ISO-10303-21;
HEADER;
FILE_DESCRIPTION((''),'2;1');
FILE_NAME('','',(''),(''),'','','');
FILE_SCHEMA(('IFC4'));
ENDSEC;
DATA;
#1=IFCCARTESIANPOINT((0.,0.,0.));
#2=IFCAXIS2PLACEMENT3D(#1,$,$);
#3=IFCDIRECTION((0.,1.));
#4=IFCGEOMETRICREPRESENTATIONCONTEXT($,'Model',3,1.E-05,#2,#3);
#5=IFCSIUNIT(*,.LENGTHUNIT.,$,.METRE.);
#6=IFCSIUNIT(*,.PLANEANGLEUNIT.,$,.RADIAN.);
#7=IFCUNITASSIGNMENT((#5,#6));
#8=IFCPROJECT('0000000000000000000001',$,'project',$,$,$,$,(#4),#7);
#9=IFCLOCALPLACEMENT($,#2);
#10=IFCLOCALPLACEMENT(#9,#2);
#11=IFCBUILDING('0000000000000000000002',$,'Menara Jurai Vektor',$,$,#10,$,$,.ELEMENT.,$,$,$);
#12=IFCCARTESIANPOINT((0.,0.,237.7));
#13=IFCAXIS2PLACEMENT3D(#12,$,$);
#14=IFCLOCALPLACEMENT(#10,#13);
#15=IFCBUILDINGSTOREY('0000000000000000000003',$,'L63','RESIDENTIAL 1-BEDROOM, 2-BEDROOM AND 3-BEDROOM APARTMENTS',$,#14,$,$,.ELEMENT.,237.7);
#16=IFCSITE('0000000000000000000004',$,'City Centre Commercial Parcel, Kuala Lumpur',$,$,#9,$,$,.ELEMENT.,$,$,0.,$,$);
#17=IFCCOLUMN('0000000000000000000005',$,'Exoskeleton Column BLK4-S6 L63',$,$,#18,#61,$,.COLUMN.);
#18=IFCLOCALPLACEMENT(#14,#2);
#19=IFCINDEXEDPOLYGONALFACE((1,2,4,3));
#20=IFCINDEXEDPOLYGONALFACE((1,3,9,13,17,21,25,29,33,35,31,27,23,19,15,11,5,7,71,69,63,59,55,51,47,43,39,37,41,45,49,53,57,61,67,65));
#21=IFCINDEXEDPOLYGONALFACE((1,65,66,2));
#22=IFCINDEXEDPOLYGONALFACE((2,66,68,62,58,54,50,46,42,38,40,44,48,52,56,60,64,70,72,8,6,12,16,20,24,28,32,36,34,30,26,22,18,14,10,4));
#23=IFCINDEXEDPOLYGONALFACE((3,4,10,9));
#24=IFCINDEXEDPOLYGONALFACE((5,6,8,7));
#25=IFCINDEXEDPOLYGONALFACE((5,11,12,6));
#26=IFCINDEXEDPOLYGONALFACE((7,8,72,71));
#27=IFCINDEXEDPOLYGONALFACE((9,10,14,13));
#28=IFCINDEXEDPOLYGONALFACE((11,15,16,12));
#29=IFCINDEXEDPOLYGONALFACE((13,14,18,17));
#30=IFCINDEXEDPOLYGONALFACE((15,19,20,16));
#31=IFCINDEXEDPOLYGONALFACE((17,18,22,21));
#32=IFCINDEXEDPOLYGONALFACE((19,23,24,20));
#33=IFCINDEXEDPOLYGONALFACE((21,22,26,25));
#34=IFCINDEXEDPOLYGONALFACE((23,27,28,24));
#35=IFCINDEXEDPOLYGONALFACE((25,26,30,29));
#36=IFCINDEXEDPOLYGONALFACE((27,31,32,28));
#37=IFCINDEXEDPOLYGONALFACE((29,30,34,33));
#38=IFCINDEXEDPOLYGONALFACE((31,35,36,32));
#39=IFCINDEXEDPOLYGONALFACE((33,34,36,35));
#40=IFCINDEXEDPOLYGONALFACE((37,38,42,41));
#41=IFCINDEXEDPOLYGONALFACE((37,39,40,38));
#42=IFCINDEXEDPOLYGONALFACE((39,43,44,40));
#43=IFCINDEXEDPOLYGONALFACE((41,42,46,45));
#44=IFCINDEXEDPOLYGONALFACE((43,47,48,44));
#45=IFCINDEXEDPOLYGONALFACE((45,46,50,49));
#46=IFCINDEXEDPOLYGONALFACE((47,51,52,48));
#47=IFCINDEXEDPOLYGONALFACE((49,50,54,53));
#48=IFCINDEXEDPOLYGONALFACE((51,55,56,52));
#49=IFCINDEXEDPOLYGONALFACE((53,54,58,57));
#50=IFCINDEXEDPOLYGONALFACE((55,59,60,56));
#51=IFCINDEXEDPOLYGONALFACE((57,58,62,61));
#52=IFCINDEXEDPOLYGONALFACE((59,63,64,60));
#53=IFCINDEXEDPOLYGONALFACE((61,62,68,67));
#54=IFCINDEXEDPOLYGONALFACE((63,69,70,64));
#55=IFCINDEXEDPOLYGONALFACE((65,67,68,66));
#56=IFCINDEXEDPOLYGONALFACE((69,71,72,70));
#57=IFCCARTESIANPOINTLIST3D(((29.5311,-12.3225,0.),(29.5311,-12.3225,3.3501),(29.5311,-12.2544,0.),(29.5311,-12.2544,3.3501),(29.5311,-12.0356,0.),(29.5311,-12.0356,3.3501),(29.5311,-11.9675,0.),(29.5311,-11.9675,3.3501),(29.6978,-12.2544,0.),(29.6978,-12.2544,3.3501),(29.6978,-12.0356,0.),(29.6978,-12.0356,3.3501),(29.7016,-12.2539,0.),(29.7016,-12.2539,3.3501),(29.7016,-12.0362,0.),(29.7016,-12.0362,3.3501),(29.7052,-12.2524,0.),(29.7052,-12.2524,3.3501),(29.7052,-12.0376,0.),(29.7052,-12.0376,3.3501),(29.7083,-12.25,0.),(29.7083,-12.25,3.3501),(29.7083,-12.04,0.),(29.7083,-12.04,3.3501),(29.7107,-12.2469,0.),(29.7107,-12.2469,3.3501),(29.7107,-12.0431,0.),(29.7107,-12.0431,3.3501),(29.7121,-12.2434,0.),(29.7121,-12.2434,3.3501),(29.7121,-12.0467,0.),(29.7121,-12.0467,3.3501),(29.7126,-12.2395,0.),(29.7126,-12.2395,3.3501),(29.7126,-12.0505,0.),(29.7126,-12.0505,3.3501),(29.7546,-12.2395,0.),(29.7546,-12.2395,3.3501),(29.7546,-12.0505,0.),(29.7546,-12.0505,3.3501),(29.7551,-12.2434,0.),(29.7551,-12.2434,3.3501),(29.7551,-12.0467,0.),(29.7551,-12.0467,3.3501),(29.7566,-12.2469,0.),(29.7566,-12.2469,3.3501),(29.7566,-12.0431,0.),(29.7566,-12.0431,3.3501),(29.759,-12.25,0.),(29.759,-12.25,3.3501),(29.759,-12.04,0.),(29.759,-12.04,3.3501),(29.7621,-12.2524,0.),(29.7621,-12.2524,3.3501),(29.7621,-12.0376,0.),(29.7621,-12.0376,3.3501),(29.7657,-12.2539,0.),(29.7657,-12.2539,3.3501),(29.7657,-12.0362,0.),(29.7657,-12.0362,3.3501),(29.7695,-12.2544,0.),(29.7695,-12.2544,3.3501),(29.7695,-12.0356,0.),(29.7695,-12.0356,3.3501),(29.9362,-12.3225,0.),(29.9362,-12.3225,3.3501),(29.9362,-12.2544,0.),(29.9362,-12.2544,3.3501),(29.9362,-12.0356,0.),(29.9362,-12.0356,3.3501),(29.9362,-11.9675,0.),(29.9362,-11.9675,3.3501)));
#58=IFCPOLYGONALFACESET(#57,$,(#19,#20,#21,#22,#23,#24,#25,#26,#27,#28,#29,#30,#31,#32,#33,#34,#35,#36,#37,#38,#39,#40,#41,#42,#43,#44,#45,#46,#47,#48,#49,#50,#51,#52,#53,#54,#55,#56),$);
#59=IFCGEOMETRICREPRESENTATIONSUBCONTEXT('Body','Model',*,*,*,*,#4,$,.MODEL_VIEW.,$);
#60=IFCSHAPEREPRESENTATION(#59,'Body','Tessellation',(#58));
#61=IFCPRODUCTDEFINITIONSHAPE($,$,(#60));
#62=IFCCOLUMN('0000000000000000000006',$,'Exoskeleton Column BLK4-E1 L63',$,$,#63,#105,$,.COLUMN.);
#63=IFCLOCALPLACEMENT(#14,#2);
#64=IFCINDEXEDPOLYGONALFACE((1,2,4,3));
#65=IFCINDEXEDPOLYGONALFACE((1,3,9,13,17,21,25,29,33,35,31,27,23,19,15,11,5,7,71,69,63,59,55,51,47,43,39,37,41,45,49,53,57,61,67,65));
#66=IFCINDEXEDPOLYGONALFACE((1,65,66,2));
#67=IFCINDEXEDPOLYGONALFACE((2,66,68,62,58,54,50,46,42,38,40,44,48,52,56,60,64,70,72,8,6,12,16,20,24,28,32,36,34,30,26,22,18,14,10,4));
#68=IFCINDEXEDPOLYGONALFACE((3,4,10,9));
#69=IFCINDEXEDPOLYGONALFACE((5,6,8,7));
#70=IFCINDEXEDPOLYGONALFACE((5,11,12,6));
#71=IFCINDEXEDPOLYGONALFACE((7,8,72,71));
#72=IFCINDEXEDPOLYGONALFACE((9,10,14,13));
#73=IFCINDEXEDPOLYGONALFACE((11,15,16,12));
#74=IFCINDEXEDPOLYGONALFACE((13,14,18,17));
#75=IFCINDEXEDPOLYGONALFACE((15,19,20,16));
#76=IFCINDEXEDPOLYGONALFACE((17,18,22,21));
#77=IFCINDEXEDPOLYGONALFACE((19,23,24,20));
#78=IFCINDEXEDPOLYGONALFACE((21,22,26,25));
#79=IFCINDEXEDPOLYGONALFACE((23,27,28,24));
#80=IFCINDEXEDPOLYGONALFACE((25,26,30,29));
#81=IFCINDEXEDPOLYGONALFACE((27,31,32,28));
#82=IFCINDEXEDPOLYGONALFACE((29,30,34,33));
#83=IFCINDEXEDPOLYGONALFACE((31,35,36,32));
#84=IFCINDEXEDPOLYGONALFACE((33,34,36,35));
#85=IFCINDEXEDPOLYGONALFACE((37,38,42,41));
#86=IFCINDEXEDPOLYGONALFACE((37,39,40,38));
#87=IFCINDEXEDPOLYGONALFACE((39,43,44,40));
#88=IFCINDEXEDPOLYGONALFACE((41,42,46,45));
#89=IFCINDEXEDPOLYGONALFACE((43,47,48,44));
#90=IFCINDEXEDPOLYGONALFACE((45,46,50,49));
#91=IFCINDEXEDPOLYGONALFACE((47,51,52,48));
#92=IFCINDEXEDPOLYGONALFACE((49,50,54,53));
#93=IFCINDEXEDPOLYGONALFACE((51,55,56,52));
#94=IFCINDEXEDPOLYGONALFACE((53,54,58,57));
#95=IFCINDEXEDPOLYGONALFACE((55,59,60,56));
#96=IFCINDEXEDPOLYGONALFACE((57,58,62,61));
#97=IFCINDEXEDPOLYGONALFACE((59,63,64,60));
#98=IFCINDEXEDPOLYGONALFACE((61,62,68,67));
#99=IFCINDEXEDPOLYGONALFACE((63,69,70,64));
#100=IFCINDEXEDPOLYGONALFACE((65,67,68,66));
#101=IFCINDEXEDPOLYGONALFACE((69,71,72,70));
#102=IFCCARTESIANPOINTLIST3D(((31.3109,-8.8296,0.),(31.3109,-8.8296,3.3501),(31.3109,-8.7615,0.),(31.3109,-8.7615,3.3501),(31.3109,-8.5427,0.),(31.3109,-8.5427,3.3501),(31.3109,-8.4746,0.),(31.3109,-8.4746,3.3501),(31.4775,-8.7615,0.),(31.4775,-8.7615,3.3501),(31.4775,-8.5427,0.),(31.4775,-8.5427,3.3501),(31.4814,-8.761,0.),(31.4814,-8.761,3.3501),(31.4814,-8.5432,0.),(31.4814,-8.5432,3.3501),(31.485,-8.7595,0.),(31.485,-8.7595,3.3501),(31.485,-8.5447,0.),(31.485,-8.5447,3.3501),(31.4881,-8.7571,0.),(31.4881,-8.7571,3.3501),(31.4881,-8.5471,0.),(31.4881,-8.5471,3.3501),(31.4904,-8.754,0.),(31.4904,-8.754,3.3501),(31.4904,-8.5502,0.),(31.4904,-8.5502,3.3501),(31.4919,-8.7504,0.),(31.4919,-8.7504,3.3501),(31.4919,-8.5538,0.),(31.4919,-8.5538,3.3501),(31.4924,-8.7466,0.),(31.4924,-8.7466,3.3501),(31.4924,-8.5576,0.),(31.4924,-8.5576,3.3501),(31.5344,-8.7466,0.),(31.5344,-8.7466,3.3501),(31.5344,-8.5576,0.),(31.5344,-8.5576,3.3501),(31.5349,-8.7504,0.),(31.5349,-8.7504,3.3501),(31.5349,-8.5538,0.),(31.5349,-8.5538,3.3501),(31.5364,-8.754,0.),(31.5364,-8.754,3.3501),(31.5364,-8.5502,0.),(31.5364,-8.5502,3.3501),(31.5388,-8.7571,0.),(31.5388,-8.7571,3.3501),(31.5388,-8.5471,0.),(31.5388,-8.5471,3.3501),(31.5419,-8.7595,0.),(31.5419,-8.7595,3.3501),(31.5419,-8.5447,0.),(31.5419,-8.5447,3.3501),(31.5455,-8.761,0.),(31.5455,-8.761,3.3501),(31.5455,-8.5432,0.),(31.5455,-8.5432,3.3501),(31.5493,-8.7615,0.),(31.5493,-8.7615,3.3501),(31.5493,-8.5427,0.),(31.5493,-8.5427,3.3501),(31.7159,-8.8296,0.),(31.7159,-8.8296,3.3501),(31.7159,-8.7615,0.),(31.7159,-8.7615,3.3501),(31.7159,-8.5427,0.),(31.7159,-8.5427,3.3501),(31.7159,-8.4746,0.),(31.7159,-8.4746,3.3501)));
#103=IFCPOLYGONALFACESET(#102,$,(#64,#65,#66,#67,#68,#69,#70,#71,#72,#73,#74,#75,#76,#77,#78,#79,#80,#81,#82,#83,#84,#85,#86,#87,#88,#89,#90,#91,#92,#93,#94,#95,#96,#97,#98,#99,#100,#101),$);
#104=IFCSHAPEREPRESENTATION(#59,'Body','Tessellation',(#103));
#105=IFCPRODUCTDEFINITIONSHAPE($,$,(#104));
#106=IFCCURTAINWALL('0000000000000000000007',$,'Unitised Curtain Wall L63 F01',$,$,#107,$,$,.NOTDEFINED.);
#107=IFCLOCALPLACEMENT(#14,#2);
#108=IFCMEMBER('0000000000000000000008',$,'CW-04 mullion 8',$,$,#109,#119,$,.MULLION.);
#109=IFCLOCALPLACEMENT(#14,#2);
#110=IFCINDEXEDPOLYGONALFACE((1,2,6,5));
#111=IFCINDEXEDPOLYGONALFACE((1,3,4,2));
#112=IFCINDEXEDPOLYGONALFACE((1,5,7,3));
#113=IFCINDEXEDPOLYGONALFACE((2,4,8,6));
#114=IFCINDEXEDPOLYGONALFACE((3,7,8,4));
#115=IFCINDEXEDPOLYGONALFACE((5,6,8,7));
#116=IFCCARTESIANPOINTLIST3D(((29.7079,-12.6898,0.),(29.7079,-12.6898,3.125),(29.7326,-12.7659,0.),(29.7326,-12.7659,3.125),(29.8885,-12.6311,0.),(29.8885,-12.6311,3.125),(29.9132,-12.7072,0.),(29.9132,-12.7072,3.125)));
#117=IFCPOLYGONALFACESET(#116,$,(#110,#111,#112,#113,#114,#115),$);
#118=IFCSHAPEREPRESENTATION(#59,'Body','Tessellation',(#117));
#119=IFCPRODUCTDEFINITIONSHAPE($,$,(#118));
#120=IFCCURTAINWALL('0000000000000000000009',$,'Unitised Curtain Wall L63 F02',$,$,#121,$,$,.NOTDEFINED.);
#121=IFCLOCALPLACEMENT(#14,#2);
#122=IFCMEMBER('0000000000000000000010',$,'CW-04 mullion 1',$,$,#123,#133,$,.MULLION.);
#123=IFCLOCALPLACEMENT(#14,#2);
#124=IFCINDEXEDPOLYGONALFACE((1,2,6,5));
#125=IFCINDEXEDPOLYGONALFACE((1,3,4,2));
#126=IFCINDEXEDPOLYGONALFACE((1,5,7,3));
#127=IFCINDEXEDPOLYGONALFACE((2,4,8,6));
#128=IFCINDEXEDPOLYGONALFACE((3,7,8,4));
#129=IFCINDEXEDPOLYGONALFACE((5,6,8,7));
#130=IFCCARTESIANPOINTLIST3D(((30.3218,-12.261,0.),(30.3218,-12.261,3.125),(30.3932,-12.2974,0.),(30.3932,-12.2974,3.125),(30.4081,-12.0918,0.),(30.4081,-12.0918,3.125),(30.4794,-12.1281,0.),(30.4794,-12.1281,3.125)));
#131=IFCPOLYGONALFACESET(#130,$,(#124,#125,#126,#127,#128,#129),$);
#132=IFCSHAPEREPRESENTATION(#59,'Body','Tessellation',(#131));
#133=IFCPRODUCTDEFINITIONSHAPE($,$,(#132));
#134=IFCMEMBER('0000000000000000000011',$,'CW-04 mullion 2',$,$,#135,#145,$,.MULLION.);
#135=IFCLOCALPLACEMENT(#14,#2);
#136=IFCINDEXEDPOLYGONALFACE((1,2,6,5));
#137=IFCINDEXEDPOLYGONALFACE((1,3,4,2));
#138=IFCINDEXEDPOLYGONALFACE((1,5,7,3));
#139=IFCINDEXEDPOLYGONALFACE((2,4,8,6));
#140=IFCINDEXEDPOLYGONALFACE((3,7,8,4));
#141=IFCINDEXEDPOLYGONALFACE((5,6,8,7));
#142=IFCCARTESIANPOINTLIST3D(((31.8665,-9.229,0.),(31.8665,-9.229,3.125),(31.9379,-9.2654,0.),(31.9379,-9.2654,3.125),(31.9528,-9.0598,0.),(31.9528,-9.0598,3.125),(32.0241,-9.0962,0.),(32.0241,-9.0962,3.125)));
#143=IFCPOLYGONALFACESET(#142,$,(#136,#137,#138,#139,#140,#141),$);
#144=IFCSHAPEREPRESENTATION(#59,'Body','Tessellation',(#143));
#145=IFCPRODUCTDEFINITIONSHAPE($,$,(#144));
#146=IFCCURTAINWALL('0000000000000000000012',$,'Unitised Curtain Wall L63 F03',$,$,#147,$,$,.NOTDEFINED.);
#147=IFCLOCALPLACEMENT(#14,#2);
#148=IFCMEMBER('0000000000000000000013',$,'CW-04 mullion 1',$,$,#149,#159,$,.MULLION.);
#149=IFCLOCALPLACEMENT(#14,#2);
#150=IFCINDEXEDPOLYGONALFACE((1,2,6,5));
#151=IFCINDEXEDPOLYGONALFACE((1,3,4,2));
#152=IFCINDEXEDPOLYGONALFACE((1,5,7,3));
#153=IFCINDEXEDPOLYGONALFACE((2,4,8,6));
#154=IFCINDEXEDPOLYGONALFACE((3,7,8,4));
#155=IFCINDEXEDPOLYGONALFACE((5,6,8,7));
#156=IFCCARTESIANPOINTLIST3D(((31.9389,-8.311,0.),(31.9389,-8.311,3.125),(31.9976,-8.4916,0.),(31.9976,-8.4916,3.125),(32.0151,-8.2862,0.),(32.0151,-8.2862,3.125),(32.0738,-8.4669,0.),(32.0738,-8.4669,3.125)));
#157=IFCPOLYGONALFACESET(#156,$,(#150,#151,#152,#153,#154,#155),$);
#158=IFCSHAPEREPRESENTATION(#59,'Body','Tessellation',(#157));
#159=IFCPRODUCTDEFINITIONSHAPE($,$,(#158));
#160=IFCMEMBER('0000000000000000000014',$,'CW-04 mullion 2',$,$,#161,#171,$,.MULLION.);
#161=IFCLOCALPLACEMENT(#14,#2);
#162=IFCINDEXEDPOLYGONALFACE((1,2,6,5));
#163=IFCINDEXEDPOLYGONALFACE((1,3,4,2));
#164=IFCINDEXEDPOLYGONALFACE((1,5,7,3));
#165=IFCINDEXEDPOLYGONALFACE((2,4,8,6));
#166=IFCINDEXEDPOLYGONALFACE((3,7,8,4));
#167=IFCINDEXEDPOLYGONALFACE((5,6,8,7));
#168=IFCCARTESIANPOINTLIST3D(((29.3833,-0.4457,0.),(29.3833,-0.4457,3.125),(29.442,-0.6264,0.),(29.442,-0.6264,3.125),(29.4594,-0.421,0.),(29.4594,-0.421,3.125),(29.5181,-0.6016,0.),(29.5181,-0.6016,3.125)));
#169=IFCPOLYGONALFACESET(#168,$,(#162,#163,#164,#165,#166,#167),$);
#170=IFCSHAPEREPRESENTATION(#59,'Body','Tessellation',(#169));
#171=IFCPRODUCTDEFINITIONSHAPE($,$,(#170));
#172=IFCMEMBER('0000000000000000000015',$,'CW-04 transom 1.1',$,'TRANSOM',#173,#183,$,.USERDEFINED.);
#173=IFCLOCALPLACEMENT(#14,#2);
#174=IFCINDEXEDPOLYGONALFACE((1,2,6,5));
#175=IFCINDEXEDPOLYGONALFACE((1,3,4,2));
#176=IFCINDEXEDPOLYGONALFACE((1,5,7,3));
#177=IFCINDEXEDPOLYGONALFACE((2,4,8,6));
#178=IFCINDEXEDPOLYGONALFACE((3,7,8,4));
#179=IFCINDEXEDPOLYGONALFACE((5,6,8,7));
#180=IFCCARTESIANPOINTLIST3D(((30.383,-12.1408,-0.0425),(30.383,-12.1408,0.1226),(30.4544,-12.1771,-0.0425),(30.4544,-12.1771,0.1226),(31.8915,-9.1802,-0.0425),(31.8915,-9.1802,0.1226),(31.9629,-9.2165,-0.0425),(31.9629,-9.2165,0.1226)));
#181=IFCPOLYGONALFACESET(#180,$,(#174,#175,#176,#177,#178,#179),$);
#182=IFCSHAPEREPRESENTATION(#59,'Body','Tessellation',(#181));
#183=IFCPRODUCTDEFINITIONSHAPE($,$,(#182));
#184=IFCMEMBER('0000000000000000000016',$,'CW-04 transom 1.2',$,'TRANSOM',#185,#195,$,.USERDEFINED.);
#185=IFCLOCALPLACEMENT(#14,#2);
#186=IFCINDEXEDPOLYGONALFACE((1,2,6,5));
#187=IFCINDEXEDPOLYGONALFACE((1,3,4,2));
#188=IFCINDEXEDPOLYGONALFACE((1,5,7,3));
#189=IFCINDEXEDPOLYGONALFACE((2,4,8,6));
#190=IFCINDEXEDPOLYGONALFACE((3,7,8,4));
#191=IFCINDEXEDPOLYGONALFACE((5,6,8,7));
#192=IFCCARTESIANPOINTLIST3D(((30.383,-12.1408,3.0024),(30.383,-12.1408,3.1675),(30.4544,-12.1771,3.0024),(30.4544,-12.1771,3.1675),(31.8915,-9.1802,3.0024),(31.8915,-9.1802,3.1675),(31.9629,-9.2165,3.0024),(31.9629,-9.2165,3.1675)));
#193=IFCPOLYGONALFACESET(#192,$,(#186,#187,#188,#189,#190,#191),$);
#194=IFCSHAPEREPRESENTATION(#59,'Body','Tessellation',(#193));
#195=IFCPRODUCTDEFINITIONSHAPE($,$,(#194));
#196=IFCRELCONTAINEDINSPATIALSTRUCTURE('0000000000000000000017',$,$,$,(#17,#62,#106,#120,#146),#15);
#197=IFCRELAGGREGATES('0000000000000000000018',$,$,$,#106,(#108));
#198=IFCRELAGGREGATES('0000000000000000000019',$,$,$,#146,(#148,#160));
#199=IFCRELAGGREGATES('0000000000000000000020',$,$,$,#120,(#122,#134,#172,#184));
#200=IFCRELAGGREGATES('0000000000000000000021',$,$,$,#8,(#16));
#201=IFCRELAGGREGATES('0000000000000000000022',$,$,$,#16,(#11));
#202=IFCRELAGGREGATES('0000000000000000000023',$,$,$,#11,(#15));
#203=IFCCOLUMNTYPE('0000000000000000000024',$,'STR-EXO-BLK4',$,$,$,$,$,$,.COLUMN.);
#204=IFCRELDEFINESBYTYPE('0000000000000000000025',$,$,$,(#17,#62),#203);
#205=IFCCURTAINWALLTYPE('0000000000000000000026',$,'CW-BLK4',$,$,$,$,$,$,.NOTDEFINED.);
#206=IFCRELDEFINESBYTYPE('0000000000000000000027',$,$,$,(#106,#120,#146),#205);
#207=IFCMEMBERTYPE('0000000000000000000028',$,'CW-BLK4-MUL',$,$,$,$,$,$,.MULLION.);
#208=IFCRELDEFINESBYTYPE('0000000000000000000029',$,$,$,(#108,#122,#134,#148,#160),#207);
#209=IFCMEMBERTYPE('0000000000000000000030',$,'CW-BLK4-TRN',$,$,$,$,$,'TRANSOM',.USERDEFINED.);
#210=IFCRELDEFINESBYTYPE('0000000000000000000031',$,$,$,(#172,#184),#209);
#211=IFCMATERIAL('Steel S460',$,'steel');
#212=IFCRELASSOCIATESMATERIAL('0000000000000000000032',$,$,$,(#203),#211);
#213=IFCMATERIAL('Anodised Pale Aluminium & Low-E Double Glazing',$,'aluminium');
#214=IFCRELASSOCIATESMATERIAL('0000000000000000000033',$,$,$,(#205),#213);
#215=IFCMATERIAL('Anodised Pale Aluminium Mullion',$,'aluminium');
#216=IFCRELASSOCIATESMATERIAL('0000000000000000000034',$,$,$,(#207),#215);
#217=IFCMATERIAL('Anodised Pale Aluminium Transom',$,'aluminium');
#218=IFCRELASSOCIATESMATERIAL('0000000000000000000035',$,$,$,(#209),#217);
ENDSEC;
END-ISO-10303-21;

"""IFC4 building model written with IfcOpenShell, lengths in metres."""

from ifc_helpers import new_model, si_unit, direction, frame, origin, origin_2d, place, context, subcontext, project, spatial, rectangle, i_section, extrude, material, material_profile, profile_set, type_object, element, aggregate, save


model = new_model("IFC4")

# Units and contexts
model_context = context("Model", 3, precision=1e-05, world=origin(), true_north=direction((0.0, 1.0)))
body_context = subcontext(model_context, "Body", "Model", "MODEL_VIEW")
ifc_project = project(units=[si_unit("LENGTHUNIT", "METRE"), si_unit("PLANEANGLEUNIT", "RADIAN")], contexts=[model_context])

# Site, building, storey
site_placement = place(None, origin())
site = spatial("IfcSite", under=ifc_project, at=site_placement, Name="City Centre Commercial Parcel, Kuala Lumpur", CompositionType="ELEMENT", RefElevation=0.0)
building_placement = place(site_placement, origin())
building = spatial("IfcBuilding", under=site, at=building_placement, Name="Menara Jurai Vektor", CompositionType="ELEMENT")
storey_placement = place(building_placement, frame((0.0, 0.0, 237.7)))
storey = spatial("IfcBuildingStorey", under=building, at=storey_placement, Name="L63", Description="RESIDENTIAL 1-BEDROOM, 2-BEDROOM AND 3-BEDROOM APARTMENTS", CompositionType="ELEMENT", Elevation=237.7)

# Columns
ifc_material_1 = material(Name="Steel S460", Category="steel")
ifc_material_profile_1 = material_profile(ifc_material_1, i_section(OverallWidth=0.405, OverallDepth=0.355, WebThickness=0.042, FlangeThickness=0.0681, FilletRadius=0.0149, at=origin_2d()), Name="HD 400x551")
ifc_profile_set_1 = profile_set([ifc_material_profile_1], Name="Steel S460")
column_type = type_object("IfcColumnType", Name="STR-EXO-BLK4", PredefinedType="COLUMN", material=ifc_profile_set_1)
for number, where, z_axis, x_axis, name in (
    (1, (29.7336, -12.145, 0.0), (0.0, 0.0, 1.0), (1.0, 0.0, 0.0), "Exoskeleton Column BLK4-S6 L63"),
    (2, (31.5134, -8.6521, 0.0), (0.0, 0.0, 1.0), (1.0, 0.0, 0.0), "Exoskeleton Column BLK4-E1 L63"),
):
    element("IfcColumn", number, at=place(storey_placement, frame(where, z_axis=z_axis, x_axis=x_axis)), inside=storey, type_object=column_type, Name=name, PredefinedType="COLUMN", context=body_context, shape_type="SweptSolid", body=[
        extrude(i_section(OverallWidth=0.405, OverallDepth=0.355, WebThickness=0.042, FlangeThickness=0.0681, FilletRadius=0.0149, at=origin_2d()), origin(), (0.0, 0.0, 1.0), 3.3501),
    ])

# Curtain wall, member
ifc_material_2 = material(Name="Anodised Pale Aluminium & Low-E Double Glazing", Category="aluminium")
curtain_wall_type = type_object("IfcCurtainWallType", Name="CW-BLK4", PredefinedType="NOTDEFINED", material=ifc_material_2)
curtain_wall_1_placement = place(storey_placement, origin())
curtain_wall_1 = element("IfcCurtainWall", 3, at=curtain_wall_1_placement, inside=storey, type_object=curtain_wall_type, Name="Unitised Curtain Wall L63 F01", PredefinedType="NOTDEFINED")
ifc_material_3 = material(Name="Anodised Pale Aluminium Mullion", Category="aluminium")
ifc_material_profile_2 = material_profile(ifc_material_3, rectangle(XDim=0.0801, YDim=0.1899, at=origin_2d()), Name="ALU MUL 80x190")
ifc_profile_set_2 = profile_set([ifc_material_profile_2], Name="Anodised Pale Aluminium Mullion")
member_type_1 = type_object("IfcMemberType", Name="CW-BLK4-MUL", PredefinedType="MULLION", material=ifc_profile_set_2)
member_1_placement = place(storey_placement, frame((29.8105, -12.6985, 0.0), z_axis=(0.0, 0.0, 1.0), x_axis=(-0.309017, 0.951056, 0.0)))
member_1 = element("IfcMember", 4, at=member_1_placement, type_object=member_type_1, Name="CW-04 mullion 8", PredefinedType="MULLION", context=body_context, shape_type="SweptSolid", body=[
    extrude(rectangle(XDim=0.0801, YDim=0.1899, at=origin_2d()), origin(), (0.0, 0.0, 1.0), 3.125),
])

# Curtain walls, members
curtain_wall_2_placement = place(storey_placement, origin())
curtain_wall_2 = element("IfcCurtainWall", 5, at=curtain_wall_2_placement, inside=storey, type_object=curtain_wall_type, Name="Unitised Curtain Wall L63 F02", PredefinedType="NOTDEFINED")
member_2_placement = place(storey_placement, frame((30.4006, -12.1946, 0.0), z_axis=(0.0, 0.0, 1.0), x_axis=(-0.891008, 0.453989, 0.0)))
member_2 = element("IfcMember", 6, at=member_2_placement, type_object=member_type_1, Name="CW-04 mullion 1", PredefinedType="MULLION", context=body_context, shape_type="SweptSolid", body=[
    extrude(rectangle(XDim=0.0801, YDim=0.1899, at=origin_2d()), origin(), (0.0, 0.0, 1.0), 3.125),
])
member_3_placement = place(storey_placement, frame((31.9453, -9.1626, 0.0), z_axis=(0.0, 0.0, 1.0), x_axis=(-0.891008, 0.453989, 0.0)))
member_3 = element("IfcMember", 7, at=member_3_placement, type_object=member_type_1, Name="CW-04 mullion 2", PredefinedType="MULLION", context=body_context, shape_type="SweptSolid", body=[
    extrude(rectangle(XDim=0.0801, YDim=0.1899, at=origin_2d()), origin(), (0.0, 0.0, 1.0), 3.125),
])
curtain_wall_3_placement = place(storey_placement, origin())
curtain_wall_3 = element("IfcCurtainWall", 8, at=curtain_wall_3_placement, inside=storey, type_object=curtain_wall_type, Name="Unitised Curtain Wall L63 F03", PredefinedType="NOTDEFINED")
member_4_placement = place(storey_placement, frame((32.0063, -8.3889, 0.0), z_axis=(0.0, 0.0, 1.0), x_axis=(-0.951057, -0.309016, 0.0)))
member_4 = element("IfcMember", 9, at=member_4_placement, type_object=member_type_1, Name="CW-04 mullion 1", PredefinedType="MULLION", context=body_context, shape_type="SweptSolid", body=[
    extrude(rectangle(XDim=0.0801, YDim=0.1899, at=origin_2d()), origin(), (0.0, 0.0, 1.0), 3.125),
])
member_5_placement = place(storey_placement, frame((29.4507, -0.5237, 0.0), z_axis=(0.0, 0.0, 1.0), x_axis=(-0.951057, -0.309016, 0.0)))
member_5 = element("IfcMember", 10, at=member_5_placement, type_object=member_type_1, Name="CW-04 mullion 2", PredefinedType="MULLION", context=body_context, shape_type="SweptSolid", body=[
    extrude(rectangle(XDim=0.0801, YDim=0.1899, at=origin_2d()), origin(), (0.0, 0.0, 1.0), 3.125),
])

# Members
ifc_material_4 = material(Name="Anodised Pale Aluminium Transom", Category="aluminium")
ifc_material_profile_3 = material_profile(ifc_material_4, rectangle(XDim=0.0801, YDim=0.165, at=origin_2d()), Name="ALU TRN 80x165")
ifc_profile_set_3 = profile_set([ifc_material_profile_3], Name="Anodised Pale Aluminium Transom")
member_type_2 = type_object("IfcMemberType", Name="CW-BLK4-TRN", ElementType="TRANSOM", PredefinedType="USERDEFINED", material=ifc_profile_set_3)
member_6_placement = place(storey_placement, frame((30.4187, -12.1589, 0.04), z_axis=(0.45399, 0.891007, 0.0), x_axis=(-0.891007, 0.45399, 0.0)))
member_6 = element("IfcMember", 11, at=member_6_placement, type_object=member_type_2, Name="CW-04 transom 1.1", ObjectType="TRANSOM", PredefinedType="USERDEFINED", context=body_context, shape_type="SweptSolid", body=[
    extrude(rectangle(XDim=0.0801, YDim=0.165, at=origin_2d()), origin(), (0.0, 0.0, 1.0), 3.3228),
])
member_7_placement = place(storey_placement, frame((30.4187, -12.1589, 3.085), z_axis=(0.45399, 0.891007, 0.0), x_axis=(-0.891007, 0.45399, 0.0)))
member_7 = element("IfcMember", 12, at=member_7_placement, type_object=member_type_2, Name="CW-04 transom 1.2", ObjectType="TRANSOM", PredefinedType="USERDEFINED", context=body_context, shape_type="SweptSolid", body=[
    extrude(rectangle(XDim=0.0801, YDim=0.165, at=origin_2d()), origin(), (0.0, 0.0, 1.0), 3.3228),
])

aggregate(curtain_wall_1, [member_1])
aggregate(curtain_wall_3, [member_4, member_5])
aggregate(curtain_wall_2, [member_2, member_3, member_6, member_7])

save(model, "model.ifc")
